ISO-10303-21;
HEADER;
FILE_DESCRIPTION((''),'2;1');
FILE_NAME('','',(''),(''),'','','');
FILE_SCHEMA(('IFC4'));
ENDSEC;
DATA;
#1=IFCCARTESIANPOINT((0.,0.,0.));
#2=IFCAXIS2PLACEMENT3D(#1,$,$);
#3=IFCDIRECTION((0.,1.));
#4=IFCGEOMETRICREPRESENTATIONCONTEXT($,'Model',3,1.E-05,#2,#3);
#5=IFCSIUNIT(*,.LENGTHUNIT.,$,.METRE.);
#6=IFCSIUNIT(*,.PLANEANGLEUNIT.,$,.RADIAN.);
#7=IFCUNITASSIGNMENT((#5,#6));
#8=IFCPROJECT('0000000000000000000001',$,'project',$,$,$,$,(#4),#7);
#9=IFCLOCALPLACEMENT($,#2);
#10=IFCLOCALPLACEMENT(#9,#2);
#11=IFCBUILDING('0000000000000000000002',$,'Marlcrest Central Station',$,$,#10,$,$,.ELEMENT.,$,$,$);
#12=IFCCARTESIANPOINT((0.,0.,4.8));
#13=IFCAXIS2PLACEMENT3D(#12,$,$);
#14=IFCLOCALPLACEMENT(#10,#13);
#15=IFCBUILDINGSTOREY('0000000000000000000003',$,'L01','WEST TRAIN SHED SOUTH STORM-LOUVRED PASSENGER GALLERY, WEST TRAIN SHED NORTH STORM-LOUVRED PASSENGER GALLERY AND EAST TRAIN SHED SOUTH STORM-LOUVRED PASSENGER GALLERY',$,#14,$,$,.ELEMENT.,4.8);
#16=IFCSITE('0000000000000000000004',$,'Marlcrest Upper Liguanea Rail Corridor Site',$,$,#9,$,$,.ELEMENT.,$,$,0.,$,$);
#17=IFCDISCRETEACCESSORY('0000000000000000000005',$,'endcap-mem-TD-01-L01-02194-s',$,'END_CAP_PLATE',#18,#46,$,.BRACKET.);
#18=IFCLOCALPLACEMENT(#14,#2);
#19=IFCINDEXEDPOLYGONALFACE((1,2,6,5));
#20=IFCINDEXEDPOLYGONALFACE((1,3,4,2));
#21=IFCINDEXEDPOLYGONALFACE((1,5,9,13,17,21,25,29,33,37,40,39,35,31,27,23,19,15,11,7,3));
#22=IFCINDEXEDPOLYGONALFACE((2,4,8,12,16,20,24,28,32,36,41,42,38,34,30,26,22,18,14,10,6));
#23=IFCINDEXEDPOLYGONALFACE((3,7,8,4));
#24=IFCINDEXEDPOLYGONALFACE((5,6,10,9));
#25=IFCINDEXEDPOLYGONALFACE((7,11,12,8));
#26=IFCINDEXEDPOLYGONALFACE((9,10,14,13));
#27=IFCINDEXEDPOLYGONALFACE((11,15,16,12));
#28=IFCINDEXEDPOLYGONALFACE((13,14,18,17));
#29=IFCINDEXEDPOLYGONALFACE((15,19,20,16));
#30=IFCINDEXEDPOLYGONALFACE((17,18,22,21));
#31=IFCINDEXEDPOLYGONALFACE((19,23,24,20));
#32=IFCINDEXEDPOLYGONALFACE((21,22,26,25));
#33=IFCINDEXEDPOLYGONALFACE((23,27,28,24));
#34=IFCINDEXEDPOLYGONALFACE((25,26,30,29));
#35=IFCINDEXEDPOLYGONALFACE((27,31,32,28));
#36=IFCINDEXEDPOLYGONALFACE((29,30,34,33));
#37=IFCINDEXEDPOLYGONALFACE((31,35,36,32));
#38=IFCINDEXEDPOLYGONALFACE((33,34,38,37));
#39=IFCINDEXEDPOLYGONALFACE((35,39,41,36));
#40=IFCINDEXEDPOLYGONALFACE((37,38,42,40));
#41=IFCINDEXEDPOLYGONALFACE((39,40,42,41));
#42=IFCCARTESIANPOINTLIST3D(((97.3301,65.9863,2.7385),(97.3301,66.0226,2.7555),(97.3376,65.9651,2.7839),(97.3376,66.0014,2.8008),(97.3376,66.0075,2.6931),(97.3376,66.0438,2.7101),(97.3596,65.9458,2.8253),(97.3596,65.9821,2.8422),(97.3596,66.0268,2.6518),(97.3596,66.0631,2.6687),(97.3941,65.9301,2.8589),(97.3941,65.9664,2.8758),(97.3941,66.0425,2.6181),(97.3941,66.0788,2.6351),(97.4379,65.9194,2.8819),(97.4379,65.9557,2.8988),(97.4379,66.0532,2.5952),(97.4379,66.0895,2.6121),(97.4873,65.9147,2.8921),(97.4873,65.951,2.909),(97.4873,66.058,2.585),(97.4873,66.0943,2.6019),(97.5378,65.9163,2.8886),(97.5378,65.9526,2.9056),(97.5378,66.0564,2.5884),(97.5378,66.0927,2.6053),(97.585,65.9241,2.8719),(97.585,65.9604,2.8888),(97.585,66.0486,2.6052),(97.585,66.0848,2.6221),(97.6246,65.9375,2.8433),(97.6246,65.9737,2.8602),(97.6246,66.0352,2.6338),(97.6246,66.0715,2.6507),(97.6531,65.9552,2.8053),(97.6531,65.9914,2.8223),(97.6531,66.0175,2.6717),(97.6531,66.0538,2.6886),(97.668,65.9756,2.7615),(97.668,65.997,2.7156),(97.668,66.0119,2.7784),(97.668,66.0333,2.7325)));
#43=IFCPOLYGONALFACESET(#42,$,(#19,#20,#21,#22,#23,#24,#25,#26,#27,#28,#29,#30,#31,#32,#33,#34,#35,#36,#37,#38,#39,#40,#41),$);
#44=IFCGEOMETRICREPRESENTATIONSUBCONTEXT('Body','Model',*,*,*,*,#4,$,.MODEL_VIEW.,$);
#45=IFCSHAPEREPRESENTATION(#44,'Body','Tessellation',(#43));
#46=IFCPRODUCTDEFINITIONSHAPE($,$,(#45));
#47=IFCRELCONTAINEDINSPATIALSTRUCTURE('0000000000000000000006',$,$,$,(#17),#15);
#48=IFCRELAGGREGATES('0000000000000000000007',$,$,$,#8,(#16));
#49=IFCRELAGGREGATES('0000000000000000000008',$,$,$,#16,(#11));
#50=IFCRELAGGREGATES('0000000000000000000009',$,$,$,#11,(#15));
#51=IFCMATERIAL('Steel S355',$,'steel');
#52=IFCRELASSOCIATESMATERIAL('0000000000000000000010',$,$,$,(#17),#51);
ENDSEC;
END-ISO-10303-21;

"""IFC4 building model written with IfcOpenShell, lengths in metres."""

from ifc_helpers import new_model, si_unit, direction, frame, origin, origin_2d, place, context, subcontext, project, spatial, circle, extrude, material, element, save


model = new_model("IFC4")

# Units and contexts
model_context = context("Model", 3, precision=1e-05, world=origin(), true_north=direction((0.0, 1.0)))
body_context = subcontext(model_context, "Body", "Model", "MODEL_VIEW")
ifc_project = project(units=[si_unit("LENGTHUNIT", "METRE"), si_unit("PLANEANGLEUNIT", "RADIAN")], contexts=[model_context])

# Site, building, storey
site_placement = place(None, origin())
site = spatial("IfcSite", under=ifc_project, at=site_placement, Name="Marlcrest Upper Liguanea Rail Corridor Site", CompositionType="ELEMENT", RefElevation=0.0)
building_placement = place(site_placement, origin())
building = spatial("IfcBuilding", under=site, at=building_placement, Name="Marlcrest Central Station", CompositionType="ELEMENT")
storey_placement = place(building_placement, frame((0.0, 0.0, 4.8)))
storey = spatial("IfcBuildingStorey", under=building, at=storey_placement, Name="L01", Description="WEST TRAIN SHED SOUTH STORM-LOUVRED PASSENGER GALLERY, WEST TRAIN SHED NORTH STORM-LOUVRED PASSENGER GALLERY AND EAST TRAIN SHED SOUTH STORM-LOUVRED PASSENGER GALLERY", CompositionType="ELEMENT", Elevation=4.8)

# Shared definitions
ifc_material = material(Name="Steel S355", Category="steel")

# Discrete accessory
for number, where, z_axis, x_axis, name in (
    (1, (97.5, 65.9863, 2.7385), (0.0, 0.906183, 0.422885), (-1.0, 0.0, 0.0), "endcap-mem-TD-01-L01-02194-s"),
):
    element("IfcDiscreteAccessory", number, at=place(storey_placement, frame(where, z_axis=z_axis, x_axis=x_axis)), inside=storey, material=ifc_material, Name=name, ObjectType="END_CAP_PLATE", PredefinedType="BRACKET", context=body_context, shape_type="SweptSolid", body=[
        extrude(circle(Radius=0.1699, at=origin_2d()), origin(), (0.0, 0.0, 1.0), 0.04),
    ])

save(model, "model.ifc")
